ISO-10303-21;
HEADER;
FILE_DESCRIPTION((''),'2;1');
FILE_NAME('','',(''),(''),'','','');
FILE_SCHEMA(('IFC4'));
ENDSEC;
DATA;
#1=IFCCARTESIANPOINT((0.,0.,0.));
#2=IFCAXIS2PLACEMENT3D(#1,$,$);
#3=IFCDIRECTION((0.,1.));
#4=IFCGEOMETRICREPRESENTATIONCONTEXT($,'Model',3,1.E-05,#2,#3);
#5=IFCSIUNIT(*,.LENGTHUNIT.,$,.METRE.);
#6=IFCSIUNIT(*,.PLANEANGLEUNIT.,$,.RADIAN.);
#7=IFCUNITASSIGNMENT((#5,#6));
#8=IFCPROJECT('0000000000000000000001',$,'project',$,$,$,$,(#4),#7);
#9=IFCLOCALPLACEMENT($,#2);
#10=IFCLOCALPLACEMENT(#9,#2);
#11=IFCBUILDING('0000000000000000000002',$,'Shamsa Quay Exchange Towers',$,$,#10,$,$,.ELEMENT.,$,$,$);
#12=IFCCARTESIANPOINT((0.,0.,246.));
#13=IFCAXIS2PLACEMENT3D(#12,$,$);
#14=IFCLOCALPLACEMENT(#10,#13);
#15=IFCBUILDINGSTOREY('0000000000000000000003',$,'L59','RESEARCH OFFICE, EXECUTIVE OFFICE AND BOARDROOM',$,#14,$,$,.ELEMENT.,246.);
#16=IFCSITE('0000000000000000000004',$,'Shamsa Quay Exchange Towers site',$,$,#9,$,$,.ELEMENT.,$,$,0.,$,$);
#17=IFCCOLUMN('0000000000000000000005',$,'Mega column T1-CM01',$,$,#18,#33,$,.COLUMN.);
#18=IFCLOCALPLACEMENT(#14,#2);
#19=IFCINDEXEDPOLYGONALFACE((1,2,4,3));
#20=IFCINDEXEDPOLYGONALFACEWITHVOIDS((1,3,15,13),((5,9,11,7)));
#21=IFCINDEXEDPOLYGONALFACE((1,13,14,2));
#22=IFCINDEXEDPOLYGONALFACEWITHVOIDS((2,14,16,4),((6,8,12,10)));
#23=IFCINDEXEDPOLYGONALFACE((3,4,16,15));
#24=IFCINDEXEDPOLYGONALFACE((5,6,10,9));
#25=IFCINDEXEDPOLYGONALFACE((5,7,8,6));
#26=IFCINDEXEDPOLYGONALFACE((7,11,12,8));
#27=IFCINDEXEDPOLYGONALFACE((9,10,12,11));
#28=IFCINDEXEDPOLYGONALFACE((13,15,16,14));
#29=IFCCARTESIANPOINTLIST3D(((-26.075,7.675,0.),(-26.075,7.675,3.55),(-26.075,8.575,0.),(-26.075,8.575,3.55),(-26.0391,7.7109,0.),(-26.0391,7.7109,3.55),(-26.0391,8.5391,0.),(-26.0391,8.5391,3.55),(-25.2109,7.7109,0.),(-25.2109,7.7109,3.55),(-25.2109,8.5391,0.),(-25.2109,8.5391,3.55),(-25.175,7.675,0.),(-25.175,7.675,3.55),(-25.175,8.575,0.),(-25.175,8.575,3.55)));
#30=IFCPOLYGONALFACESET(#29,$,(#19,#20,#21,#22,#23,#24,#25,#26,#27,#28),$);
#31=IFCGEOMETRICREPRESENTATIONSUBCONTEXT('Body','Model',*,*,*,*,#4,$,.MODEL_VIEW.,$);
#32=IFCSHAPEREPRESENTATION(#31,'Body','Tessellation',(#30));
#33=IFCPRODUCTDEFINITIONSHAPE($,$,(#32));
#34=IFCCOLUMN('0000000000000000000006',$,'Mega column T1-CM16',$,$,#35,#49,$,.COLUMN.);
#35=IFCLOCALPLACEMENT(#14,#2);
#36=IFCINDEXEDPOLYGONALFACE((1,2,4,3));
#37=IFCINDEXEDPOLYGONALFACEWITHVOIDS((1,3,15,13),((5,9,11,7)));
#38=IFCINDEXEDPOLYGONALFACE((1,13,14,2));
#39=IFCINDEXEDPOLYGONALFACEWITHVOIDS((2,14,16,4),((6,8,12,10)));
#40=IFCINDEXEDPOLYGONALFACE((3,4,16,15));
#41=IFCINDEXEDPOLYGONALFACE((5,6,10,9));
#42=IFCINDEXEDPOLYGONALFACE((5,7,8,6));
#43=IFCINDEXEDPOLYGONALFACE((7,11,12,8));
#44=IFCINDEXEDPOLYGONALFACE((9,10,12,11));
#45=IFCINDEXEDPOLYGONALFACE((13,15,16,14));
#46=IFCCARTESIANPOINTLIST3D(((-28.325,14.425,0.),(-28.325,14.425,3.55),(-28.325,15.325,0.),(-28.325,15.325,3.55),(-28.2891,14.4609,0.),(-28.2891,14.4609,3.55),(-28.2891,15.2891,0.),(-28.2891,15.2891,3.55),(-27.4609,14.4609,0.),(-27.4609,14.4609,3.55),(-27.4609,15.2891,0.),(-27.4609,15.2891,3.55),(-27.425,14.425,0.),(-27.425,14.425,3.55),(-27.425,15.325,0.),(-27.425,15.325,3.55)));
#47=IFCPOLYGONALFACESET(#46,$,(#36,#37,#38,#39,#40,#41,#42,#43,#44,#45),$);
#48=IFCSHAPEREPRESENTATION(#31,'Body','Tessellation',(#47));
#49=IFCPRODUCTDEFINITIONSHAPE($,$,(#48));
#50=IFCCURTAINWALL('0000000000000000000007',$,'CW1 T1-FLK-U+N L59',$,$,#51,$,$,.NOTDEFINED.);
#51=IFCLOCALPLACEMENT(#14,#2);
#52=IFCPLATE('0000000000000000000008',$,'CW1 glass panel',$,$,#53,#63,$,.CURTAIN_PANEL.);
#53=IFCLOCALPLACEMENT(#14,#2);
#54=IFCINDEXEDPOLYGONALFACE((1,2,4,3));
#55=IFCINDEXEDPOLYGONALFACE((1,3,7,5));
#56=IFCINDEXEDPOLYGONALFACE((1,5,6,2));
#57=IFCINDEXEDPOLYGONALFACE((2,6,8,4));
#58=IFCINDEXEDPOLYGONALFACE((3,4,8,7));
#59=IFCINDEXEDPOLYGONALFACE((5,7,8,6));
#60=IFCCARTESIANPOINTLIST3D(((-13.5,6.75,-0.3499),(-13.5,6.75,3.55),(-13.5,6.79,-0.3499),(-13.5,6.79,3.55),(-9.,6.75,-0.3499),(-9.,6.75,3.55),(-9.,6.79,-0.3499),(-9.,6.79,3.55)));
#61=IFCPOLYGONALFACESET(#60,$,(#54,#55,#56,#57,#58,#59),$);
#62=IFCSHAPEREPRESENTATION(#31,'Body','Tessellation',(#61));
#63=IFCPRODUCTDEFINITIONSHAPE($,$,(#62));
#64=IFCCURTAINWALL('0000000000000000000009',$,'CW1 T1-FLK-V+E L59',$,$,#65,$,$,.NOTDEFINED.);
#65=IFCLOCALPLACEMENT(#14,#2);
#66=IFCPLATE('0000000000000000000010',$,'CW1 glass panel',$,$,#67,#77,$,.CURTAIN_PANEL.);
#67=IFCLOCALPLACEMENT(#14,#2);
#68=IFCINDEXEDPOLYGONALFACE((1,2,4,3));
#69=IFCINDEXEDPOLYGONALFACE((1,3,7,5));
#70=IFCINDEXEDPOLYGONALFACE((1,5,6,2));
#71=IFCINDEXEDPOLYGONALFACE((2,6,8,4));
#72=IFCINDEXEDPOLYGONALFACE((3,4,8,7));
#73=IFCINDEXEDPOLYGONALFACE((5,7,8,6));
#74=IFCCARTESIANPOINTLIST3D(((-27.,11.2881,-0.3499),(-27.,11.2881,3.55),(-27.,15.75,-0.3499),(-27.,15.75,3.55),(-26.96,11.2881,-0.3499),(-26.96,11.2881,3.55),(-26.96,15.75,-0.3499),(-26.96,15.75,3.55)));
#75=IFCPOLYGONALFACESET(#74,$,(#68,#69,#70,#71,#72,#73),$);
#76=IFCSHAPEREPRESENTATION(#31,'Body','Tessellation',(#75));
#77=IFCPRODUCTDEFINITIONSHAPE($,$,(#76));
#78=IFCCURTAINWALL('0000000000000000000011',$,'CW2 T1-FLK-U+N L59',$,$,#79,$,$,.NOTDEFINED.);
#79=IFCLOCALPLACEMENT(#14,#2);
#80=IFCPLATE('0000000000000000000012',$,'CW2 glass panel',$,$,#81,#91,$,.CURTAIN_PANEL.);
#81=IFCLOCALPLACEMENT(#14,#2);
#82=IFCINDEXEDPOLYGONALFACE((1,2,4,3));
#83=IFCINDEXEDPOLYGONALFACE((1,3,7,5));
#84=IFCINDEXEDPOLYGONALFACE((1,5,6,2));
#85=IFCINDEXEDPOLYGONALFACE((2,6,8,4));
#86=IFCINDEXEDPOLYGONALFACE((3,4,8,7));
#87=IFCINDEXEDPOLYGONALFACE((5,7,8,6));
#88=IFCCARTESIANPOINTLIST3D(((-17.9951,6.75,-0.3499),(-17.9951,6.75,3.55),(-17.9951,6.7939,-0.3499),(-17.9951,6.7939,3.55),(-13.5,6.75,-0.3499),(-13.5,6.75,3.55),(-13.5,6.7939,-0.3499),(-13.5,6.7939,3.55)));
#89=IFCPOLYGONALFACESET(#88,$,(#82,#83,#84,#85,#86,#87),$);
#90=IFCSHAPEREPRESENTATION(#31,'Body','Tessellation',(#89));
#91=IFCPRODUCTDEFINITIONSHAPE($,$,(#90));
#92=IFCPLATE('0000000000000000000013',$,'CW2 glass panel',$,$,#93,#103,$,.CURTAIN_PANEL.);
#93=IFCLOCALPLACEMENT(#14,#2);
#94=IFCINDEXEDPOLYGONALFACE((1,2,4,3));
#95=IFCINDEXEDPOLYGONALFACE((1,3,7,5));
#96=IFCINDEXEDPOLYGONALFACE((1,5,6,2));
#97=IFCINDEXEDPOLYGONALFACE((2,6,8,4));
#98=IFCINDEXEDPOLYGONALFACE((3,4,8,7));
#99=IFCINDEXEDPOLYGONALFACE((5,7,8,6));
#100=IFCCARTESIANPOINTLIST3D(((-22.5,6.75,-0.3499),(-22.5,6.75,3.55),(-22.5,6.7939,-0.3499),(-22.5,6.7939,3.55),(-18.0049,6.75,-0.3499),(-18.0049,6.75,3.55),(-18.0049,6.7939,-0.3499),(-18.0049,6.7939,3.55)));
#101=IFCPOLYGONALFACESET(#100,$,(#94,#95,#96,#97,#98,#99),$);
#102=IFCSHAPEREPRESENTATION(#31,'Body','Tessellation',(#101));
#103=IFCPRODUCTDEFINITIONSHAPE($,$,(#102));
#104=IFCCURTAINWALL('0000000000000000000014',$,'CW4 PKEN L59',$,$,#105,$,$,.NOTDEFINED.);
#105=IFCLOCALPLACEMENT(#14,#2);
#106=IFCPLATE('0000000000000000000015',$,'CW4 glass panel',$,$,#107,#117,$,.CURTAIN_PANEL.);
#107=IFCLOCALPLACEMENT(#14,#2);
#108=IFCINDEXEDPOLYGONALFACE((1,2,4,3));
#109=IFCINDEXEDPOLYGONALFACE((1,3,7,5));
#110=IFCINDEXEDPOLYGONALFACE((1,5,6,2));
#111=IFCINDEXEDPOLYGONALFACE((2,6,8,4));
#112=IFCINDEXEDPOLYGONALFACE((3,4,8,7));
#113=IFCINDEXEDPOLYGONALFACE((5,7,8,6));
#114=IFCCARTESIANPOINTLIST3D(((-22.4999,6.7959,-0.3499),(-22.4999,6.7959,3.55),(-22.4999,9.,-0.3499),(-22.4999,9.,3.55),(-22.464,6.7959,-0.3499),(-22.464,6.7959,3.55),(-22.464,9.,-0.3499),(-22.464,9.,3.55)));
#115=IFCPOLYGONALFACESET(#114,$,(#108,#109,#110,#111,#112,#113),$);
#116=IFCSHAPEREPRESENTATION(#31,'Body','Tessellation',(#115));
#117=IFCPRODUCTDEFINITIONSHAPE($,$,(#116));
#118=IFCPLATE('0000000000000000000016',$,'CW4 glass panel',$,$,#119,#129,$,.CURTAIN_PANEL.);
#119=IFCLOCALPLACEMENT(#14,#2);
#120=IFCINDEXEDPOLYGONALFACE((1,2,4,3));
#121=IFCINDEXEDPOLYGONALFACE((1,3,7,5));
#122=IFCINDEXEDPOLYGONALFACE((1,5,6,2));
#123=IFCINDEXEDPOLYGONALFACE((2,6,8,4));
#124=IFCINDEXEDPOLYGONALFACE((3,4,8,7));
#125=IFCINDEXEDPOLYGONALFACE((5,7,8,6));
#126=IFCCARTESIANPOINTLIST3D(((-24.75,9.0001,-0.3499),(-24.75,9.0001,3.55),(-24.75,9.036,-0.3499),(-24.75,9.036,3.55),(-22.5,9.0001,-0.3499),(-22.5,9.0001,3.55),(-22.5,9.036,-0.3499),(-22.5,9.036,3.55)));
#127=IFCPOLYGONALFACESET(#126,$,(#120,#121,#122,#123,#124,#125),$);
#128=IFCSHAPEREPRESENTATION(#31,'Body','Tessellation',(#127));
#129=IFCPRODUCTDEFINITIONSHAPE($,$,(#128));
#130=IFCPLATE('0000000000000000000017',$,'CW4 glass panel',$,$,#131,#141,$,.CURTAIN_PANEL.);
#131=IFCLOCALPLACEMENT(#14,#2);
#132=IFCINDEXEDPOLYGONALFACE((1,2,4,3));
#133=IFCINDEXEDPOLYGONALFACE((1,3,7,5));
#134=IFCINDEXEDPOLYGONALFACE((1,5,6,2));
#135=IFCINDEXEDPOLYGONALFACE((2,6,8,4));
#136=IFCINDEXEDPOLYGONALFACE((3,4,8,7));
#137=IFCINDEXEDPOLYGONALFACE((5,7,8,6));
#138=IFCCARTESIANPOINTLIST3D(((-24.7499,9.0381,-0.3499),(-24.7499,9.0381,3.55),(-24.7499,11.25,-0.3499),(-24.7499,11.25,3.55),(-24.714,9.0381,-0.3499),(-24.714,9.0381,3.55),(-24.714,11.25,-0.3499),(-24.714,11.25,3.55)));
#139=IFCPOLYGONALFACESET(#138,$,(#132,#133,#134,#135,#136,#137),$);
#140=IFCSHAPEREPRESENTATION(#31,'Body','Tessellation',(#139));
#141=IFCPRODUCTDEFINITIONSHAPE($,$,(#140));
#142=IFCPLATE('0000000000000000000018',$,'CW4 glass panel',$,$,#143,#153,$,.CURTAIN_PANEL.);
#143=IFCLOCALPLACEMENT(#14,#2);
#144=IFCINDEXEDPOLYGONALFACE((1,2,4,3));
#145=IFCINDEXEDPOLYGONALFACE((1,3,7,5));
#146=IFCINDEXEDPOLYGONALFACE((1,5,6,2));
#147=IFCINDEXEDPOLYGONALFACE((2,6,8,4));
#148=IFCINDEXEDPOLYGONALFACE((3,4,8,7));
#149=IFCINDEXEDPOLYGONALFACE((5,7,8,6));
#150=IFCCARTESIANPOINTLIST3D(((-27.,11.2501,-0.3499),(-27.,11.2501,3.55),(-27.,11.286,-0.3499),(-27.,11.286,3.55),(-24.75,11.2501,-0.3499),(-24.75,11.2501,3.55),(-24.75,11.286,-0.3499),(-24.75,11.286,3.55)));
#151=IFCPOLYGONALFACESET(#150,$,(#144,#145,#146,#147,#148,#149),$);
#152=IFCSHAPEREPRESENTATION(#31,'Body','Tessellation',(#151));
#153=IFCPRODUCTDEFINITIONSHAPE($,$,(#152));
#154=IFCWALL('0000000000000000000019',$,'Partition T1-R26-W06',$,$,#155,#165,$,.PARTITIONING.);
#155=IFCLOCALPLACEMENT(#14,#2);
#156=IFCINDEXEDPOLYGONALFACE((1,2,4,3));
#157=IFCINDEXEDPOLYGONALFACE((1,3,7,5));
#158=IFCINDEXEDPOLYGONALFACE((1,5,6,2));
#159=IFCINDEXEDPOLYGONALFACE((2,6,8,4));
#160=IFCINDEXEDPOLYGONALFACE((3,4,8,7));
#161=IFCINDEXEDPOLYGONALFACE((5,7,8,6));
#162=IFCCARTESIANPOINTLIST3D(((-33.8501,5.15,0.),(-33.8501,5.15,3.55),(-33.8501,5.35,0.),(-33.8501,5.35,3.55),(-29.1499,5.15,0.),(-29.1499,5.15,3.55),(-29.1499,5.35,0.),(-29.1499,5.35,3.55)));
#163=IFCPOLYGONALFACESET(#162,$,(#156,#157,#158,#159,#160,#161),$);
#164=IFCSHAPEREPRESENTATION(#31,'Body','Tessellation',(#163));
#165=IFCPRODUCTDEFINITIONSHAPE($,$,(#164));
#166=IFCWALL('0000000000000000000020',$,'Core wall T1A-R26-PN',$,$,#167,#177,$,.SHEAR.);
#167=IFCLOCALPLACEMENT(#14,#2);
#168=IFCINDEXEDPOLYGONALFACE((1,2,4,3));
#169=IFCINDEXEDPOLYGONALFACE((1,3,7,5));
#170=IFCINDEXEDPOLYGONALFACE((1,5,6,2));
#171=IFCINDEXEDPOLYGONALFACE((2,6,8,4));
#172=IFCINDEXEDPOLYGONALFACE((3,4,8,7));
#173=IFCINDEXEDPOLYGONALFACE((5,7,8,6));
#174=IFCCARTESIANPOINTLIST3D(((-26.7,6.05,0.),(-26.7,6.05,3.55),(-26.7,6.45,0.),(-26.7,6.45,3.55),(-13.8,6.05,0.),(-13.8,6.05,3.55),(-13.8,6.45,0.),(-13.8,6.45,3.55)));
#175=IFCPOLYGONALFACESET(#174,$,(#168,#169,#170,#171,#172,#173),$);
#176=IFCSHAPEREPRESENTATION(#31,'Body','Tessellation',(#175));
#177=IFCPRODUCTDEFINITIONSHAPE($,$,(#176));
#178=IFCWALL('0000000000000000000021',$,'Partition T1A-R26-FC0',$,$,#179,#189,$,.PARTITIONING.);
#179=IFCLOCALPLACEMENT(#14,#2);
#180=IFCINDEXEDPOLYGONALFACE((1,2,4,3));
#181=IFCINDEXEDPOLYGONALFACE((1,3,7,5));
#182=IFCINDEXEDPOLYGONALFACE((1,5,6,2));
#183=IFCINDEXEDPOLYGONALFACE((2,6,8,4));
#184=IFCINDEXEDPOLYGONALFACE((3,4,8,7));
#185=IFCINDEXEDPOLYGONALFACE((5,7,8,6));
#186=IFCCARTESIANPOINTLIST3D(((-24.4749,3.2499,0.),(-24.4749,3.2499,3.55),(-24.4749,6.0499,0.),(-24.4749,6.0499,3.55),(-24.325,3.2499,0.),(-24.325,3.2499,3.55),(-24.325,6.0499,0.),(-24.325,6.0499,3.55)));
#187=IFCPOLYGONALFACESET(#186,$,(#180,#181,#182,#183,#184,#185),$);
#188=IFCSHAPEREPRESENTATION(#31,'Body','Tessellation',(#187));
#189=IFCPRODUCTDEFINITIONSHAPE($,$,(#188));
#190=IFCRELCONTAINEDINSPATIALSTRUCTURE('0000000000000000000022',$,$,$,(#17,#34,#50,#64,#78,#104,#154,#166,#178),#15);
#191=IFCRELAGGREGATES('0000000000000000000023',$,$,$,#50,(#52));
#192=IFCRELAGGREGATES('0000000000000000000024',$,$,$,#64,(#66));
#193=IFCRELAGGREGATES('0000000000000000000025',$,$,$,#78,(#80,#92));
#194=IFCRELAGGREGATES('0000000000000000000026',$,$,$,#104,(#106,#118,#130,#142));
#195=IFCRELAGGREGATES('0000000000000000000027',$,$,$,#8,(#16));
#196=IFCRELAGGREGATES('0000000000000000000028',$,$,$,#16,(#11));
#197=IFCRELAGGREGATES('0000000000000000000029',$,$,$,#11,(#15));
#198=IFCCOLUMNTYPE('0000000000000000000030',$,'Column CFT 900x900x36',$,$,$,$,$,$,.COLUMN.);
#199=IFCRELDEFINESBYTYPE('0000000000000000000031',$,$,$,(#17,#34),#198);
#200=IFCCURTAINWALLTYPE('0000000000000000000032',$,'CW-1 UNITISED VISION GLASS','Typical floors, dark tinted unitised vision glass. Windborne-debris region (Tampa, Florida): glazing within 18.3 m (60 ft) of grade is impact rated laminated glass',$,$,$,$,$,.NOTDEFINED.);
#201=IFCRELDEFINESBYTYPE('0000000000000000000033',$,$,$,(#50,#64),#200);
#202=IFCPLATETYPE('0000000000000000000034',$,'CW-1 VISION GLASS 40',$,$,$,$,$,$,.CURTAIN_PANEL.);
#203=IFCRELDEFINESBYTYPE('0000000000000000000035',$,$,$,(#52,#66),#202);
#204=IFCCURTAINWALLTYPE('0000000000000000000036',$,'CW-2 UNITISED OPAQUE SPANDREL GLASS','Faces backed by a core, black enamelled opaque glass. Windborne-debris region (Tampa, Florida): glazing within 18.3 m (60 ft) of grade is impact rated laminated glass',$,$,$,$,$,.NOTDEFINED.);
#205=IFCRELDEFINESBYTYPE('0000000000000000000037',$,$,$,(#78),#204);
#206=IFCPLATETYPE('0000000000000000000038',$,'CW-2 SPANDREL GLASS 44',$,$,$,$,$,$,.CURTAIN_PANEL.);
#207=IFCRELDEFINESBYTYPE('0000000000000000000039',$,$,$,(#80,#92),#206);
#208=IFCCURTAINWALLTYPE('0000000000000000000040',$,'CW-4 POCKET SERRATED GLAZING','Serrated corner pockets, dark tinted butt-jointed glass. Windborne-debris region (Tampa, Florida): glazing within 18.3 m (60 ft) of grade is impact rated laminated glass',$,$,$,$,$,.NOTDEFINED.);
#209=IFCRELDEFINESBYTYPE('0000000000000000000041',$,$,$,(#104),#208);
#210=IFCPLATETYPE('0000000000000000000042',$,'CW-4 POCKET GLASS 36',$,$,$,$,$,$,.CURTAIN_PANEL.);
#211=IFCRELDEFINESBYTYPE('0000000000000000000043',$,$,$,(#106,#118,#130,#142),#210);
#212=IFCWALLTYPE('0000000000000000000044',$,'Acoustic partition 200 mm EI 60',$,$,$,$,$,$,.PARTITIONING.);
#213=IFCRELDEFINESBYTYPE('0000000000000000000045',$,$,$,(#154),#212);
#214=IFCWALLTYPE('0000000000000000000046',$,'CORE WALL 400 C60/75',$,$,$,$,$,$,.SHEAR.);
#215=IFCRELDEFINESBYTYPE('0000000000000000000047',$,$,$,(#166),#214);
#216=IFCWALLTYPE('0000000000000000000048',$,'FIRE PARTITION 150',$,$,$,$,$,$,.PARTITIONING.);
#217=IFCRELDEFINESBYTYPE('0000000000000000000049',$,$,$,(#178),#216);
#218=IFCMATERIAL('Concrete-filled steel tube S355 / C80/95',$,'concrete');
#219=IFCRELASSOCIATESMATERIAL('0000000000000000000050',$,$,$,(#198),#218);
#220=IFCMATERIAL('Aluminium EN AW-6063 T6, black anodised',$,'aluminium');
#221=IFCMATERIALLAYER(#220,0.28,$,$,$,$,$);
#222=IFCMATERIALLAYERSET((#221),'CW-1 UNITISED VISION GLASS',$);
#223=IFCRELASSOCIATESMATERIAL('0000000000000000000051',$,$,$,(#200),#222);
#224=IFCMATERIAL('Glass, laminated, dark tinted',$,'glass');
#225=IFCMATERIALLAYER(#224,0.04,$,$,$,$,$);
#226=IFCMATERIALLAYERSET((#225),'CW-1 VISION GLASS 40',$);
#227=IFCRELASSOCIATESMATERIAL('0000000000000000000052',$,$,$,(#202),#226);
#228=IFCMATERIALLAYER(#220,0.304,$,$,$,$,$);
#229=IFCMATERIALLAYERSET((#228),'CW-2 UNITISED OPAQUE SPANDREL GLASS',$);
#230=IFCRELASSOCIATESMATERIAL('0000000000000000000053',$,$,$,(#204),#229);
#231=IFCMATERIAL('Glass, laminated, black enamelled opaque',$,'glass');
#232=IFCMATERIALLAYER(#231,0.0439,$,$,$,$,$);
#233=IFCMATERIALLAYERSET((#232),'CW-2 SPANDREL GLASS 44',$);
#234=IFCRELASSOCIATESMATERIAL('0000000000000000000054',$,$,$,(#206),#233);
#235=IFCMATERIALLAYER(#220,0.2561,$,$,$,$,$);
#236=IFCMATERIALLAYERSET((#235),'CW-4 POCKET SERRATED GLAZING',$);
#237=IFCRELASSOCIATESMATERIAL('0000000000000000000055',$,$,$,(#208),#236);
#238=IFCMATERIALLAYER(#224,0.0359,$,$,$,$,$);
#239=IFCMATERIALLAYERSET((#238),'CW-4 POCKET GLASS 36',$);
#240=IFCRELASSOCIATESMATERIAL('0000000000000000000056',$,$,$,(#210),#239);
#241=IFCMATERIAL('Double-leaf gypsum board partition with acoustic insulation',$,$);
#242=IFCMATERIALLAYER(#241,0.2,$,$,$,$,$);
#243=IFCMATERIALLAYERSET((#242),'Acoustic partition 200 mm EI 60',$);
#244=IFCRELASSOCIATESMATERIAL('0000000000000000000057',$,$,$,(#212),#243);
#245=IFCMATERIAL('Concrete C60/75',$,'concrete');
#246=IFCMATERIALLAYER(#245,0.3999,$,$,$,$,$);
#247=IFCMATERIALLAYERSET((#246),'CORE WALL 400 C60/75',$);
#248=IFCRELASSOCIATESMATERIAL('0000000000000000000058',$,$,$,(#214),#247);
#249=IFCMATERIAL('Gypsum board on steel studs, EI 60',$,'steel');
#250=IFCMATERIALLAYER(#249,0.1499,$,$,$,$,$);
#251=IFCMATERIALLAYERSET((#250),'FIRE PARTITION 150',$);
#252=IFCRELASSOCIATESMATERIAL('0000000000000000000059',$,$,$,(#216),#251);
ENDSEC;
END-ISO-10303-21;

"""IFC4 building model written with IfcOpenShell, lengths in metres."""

from ifc_helpers import new_model, si_unit, direction, frame, frame_2d, origin, origin_2d, place, context, subcontext, project, spatial, rectangle, hollow_rectangle, extrude, material, layer, layer_set, material_profile, profile_set, type_object, element, aggregate, save


model = new_model("IFC4")

# Units and contexts
model_context = context("Model", 3, precision=1e-05, world=origin(), true_north=direction((0.0, 1.0)))
body_context = subcontext(model_context, "Body", "Model", "MODEL_VIEW")
ifc_project = project(units=[si_unit("LENGTHUNIT", "METRE"), si_unit("PLANEANGLEUNIT", "RADIAN")], contexts=[model_context])

# Site, building, storey
site_placement = place(None, origin())
site = spatial("IfcSite", under=ifc_project, at=site_placement, Name="Shamsa Quay Exchange Towers site", CompositionType="ELEMENT", RefElevation=0.0)
building_placement = place(site_placement, origin())
building = spatial("IfcBuilding", under=site, at=building_placement, Name="Shamsa Quay Exchange Towers", CompositionType="ELEMENT")
storey_placement = place(building_placement, frame((0.0, 0.0, 246.0)))
storey = spatial("IfcBuildingStorey", under=building, at=storey_placement, Name="L59", Description="RESEARCH OFFICE, EXECUTIVE OFFICE AND BOARDROOM", CompositionType="ELEMENT", Elevation=246.0)

# Columns
ifc_material_1 = material(Name="Concrete-filled steel tube S355 / C80/95", Category="concrete")
ifc_material_profile = material_profile(ifc_material_1, hollow_rectangle(XDim=0.8999, YDim=0.8999, WallThickness=0.0359, at=origin_2d()), Name="CFT 900x900x36")
ifc_profile_set = profile_set([ifc_material_profile], Name="Concrete-filled steel tube S355 / C80/95")
column_type = type_object("IfcColumnType", Name="Column CFT 900x900x36", PredefinedType="COLUMN", material=ifc_profile_set)
for number, where, name in (
    (1, (-25.625, 8.125, 0.0), "Mega column T1-CM01"),
    (2, (-27.875, 14.875, 0.0), "Mega column T1-CM16"),
):
    element("IfcColumn", number, at=place(storey_placement, frame(where)), inside=storey, type_object=column_type, Name=name, PredefinedType="COLUMN", context=body_context, shape_type="SweptSolid", body=[
        extrude(hollow_rectangle(XDim=0.8999, YDim=0.8999, WallThickness=0.0359, at=origin_2d()), origin(), (0.0, 0.0, 1.0), 3.55),
    ])

# Curtain walls, plates
ifc_material_2 = material(Name="Aluminium EN AW-6063 T6, black anodised", Category="aluminium")
ifc_layer_1 = layer(ifc_material_2, 0.28)
ifc_layer_set_1 = layer_set([ifc_layer_1], Name="CW-1 UNITISED VISION GLASS")
curtain_wall_type_1 = type_object("IfcCurtainWallType", Name="CW-1 UNITISED VISION GLASS", Description="Typical floors, dark tinted unitised vision glass. Windborne-debris region (Tampa, Florida): glazing within 18.3 m (60 ft) of grade is impact rated laminated glass", PredefinedType="NOTDEFINED", material=ifc_layer_set_1)
curtain_wall_1_placement = place(storey_placement, origin())
curtain_wall_1 = element("IfcCurtainWall", 3, at=curtain_wall_1_placement, inside=storey, type_object=curtain_wall_type_1, Name="CW1 T1-FLK-U+N L59", PredefinedType="NOTDEFINED")
ifc_material_3 = material(Name="Glass, laminated, dark tinted", Category="glass")
ifc_layer_2 = layer(ifc_material_3, 0.04)
ifc_layer_set_2 = layer_set([ifc_layer_2], Name="CW-1 VISION GLASS 40")
plate_type_1 = type_object("IfcPlateType", Name="CW-1 VISION GLASS 40", PredefinedType="CURTAIN_PANEL", material=ifc_layer_set_2)
plate_1_placement = place(storey_placement, frame((-11.25, 6.77, -0.3499), z_axis=(0.0, 0.0, 1.0), x_axis=(-1.0, 0.0, 0.0)))
plate_1 = element("IfcPlate", 4, at=plate_1_placement, type_object=plate_type_1, Name="CW1 glass panel", PredefinedType="CURTAIN_PANEL", context=body_context, shape_type="SweptSolid", body=[
    extrude(rectangle(XDim=4.5, YDim=0.04, at=origin_2d()), origin(), (0.0, 0.0, 1.0), 3.8999),
])
aggregate(curtain_wall_1, [plate_1])
curtain_wall_2_placement = place(storey_placement, origin())
curtain_wall_2 = element("IfcCurtainWall", 5, at=curtain_wall_2_placement, inside=storey, type_object=curtain_wall_type_1, Name="CW1 T1-FLK-V+E L59", PredefinedType="NOTDEFINED")
plate_2_placement = place(storey_placement, frame((-26.98, 13.519, -0.3499), z_axis=(0.0, 0.0, 1.0), x_axis=(0.0, 1.0, 0.0)))
plate_2 = element("IfcPlate", 6, at=plate_2_placement, type_object=plate_type_1, Name="CW1 glass panel", PredefinedType="CURTAIN_PANEL", context=body_context, shape_type="SweptSolid", body=[
    extrude(rectangle(XDim=4.4619, YDim=0.04, at=origin_2d()), origin(), (0.0, 0.0, 1.0), 3.8999),
])
aggregate(curtain_wall_2, [plate_2])

# Curtain walls, plates
ifc_layer_3 = layer(ifc_material_2, 0.304)
ifc_layer_set_3 = layer_set([ifc_layer_3], Name="CW-2 UNITISED OPAQUE SPANDREL GLASS")
curtain_wall_type_2 = type_object("IfcCurtainWallType", Name="CW-2 UNITISED OPAQUE SPANDREL GLASS", Description="Faces backed by a core, black enamelled opaque glass. Windborne-debris region (Tampa, Florida): glazing within 18.3 m (60 ft) of grade is impact rated laminated glass", PredefinedType="NOTDEFINED", material=ifc_layer_set_3)
curtain_wall_3_placement = place(storey_placement, origin())
curtain_wall_3 = element("IfcCurtainWall", 7, at=curtain_wall_3_placement, inside=storey, type_object=curtain_wall_type_2, Name="CW2 T1-FLK-U+N L59", PredefinedType="NOTDEFINED")
ifc_material_4 = material(Name="Glass, laminated, black enamelled opaque", Category="glass")
ifc_layer_4 = layer(ifc_material_4, 0.0439)
ifc_layer_set_4 = layer_set([ifc_layer_4], Name="CW-2 SPANDREL GLASS 44")
plate_type_2 = type_object("IfcPlateType", Name="CW-2 SPANDREL GLASS 44", PredefinedType="CURTAIN_PANEL", material=ifc_layer_set_4)
plate_3_placement = place(storey_placement, frame((-15.7476, 6.772, -0.3499), z_axis=(0.0, 0.0, 1.0), x_axis=(-1.0, 0.0, 0.0)))
plate_3 = element("IfcPlate", 8, at=plate_3_placement, type_object=plate_type_2, Name="CW2 glass panel", PredefinedType="CURTAIN_PANEL", context=body_context, shape_type="SweptSolid", body=[
    extrude(rectangle(XDim=4.4951, YDim=0.0439, at=origin_2d()), origin(), (0.0, 0.0, 1.0), 3.8999),
])
plate_4_placement = place(storey_placement, frame((-20.2524, 6.772, -0.3499), z_axis=(0.0, 0.0, 1.0), x_axis=(-1.0, 0.0, 0.0)))
plate_4 = element("IfcPlate", 9, at=plate_4_placement, type_object=plate_type_2, Name="CW2 glass panel", PredefinedType="CURTAIN_PANEL", context=body_context, shape_type="SweptSolid", body=[
    extrude(rectangle(XDim=4.4951, YDim=0.0439, at=origin_2d()), origin(), (0.0, 0.0, 1.0), 3.8999),
])
aggregate(curtain_wall_3, [plate_3, plate_4])
ifc_layer_5 = layer(ifc_material_2, 0.2561)
ifc_layer_set_5 = layer_set([ifc_layer_5], Name="CW-4 POCKET SERRATED GLAZING")
curtain_wall_type_3 = type_object("IfcCurtainWallType", Name="CW-4 POCKET SERRATED GLAZING", Description="Serrated corner pockets, dark tinted butt-jointed glass. Windborne-debris region (Tampa, Florida): glazing within 18.3 m (60 ft) of grade is impact rated laminated glass", PredefinedType="NOTDEFINED", material=ifc_layer_set_5)
curtain_wall_4_placement = place(storey_placement, origin())
curtain_wall_4 = element("IfcCurtainWall", 10, at=curtain_wall_4_placement, inside=storey, type_object=curtain_wall_type_3, Name="CW4 PKEN L59", PredefinedType="NOTDEFINED")
ifc_layer_6 = layer(ifc_material_3, 0.0359)
ifc_layer_set_6 = layer_set([ifc_layer_6], Name="CW-4 POCKET GLASS 36")
plate_type_3 = type_object("IfcPlateType", Name="CW-4 POCKET GLASS 36", PredefinedType="CURTAIN_PANEL", material=ifc_layer_set_6)
plate_5_placement = place(storey_placement, frame((-22.4819, 7.8979, -0.3499), z_axis=(0.0, 0.0, 1.0), x_axis=(0.0, 1.0, 0.0)))
plate_5 = element("IfcPlate", 11, at=plate_5_placement, type_object=plate_type_3, Name="CW4 glass panel", PredefinedType="CURTAIN_PANEL", context=body_context, shape_type="SweptSolid", body=[
    extrude(rectangle(XDim=2.2041, YDim=0.0359, at=origin_2d()), origin(), (0.0, 0.0, 1.0), 3.8999),
])
plate_6_placement = place(storey_placement, frame((-23.625, 9.0181, -0.3499), z_axis=(0.0, 0.0, 1.0), x_axis=(-1.0, 0.0, 0.0)))
plate_6 = element("IfcPlate", 12, at=plate_6_placement, type_object=plate_type_3, Name="CW4 glass panel", PredefinedType="CURTAIN_PANEL", context=body_context, shape_type="SweptSolid", body=[
    extrude(rectangle(XDim=2.25, YDim=0.0359, at=origin_2d()), origin(), (0.0, 0.0, 1.0), 3.8999),
])
plate_7_placement = place(storey_placement, frame((-24.7319, 10.144, -0.3499), z_axis=(0.0, 0.0, 1.0), x_axis=(0.0, 1.0, 0.0)))
plate_7 = element("IfcPlate", 13, at=plate_7_placement, type_object=plate_type_3, Name="CW4 glass panel", PredefinedType="CURTAIN_PANEL", context=body_context, shape_type="SweptSolid", body=[
    extrude(rectangle(XDim=2.2119, YDim=0.0359, at=origin_2d()), origin(), (0.0, 0.0, 1.0), 3.8999),
])
plate_8_placement = place(storey_placement, frame((-25.875, 11.2681, -0.3499), z_axis=(0.0, 0.0, 1.0), x_axis=(-1.0, 0.0, 0.0)))
plate_8 = element("IfcPlate", 14, at=plate_8_placement, type_object=plate_type_3, Name="CW4 glass panel", PredefinedType="CURTAIN_PANEL", context=body_context, shape_type="SweptSolid", body=[
    extrude(rectangle(XDim=2.25, YDim=0.0359, at=origin_2d()), origin(), (0.0, 0.0, 1.0), 3.8999),
])
aggregate(curtain_wall_4, [plate_5, plate_6, plate_7, plate_8])

# Walls
ifc_material_5 = material(Name="Double-leaf gypsum board partition with acoustic insulation")
ifc_layer_7 = layer(ifc_material_5, 0.2)
ifc_layer_set_7 = layer_set([ifc_layer_7], Name="Acoustic partition 200 mm EI 60")
wall_type_1 = type_object("IfcWallType", Name="Acoustic partition 200 mm EI 60", PredefinedType="PARTITIONING", material=ifc_layer_set_7)
wall_1_placement = place(storey_placement, frame((-29.1499, 5.25, 0.0), z_axis=(0.0, 0.0, 1.0), x_axis=(-1.0, 0.0, 0.0)))
element("IfcWall", 15, at=wall_1_placement, inside=storey, type_object=wall_type_1, Name="Partition T1-R26-W06", PredefinedType="PARTITIONING", context=body_context, shape_type="SweptSolid", body=[
    extrude(rectangle(XDim=4.7002, YDim=0.2, at=frame_2d((2.3501, 0.0))), origin(), (0.0, 0.0, 1.0), 3.55),
])
ifc_material_6 = material(Name="Concrete C60/75", Category="concrete")
ifc_layer_8 = layer(ifc_material_6, 0.3999)
ifc_layer_set_8 = layer_set([ifc_layer_8], Name="CORE WALL 400 C60/75")
wall_type_2 = type_object("IfcWallType", Name="CORE WALL 400 C60/75", PredefinedType="SHEAR", material=ifc_layer_set_8)
wall_2_placement = place(storey_placement, frame((-26.7, 6.25, 0.0)))
element("IfcWall", 16, at=wall_2_placement, inside=storey, type_object=wall_type_2, Name="Core wall T1A-R26-PN", PredefinedType="SHEAR", context=body_context, shape_type="SweptSolid", body=[
    extrude(rectangle(XDim=12.8999, YDim=0.3999, at=frame_2d((6.45, 0.0))), origin(), (0.0, 0.0, 1.0), 3.55),
])

# Wall
ifc_material_7 = material(Name="Gypsum board on steel studs, EI 60", Category="steel")
ifc_layer_9 = layer(ifc_material_7, 0.1499)
ifc_layer_set_9 = layer_set([ifc_layer_9], Name="FIRE PARTITION 150")
wall_type_3 = type_object("IfcWallType", Name="FIRE PARTITION 150", PredefinedType="PARTITIONING", material=ifc_layer_set_9)
wall_3_placement = place(storey_placement, frame((-24.3999, 3.25, 0.0), z_axis=(0.0, 0.0, 1.0), x_axis=(0.0, 1.0, 0.0)))
element("IfcWall", 17, at=wall_3_placement, inside=storey, type_object=wall_type_3, Name="Partition T1A-R26-FC0", PredefinedType="PARTITIONING", context=body_context, shape_type="SweptSolid", body=[
    extrude(rectangle(XDim=2.8, YDim=0.1499, at=frame_2d((1.3999, 0.0))), origin(), (0.0, 0.0, 1.0), 3.55),
])

save(model, "model.ifc")
